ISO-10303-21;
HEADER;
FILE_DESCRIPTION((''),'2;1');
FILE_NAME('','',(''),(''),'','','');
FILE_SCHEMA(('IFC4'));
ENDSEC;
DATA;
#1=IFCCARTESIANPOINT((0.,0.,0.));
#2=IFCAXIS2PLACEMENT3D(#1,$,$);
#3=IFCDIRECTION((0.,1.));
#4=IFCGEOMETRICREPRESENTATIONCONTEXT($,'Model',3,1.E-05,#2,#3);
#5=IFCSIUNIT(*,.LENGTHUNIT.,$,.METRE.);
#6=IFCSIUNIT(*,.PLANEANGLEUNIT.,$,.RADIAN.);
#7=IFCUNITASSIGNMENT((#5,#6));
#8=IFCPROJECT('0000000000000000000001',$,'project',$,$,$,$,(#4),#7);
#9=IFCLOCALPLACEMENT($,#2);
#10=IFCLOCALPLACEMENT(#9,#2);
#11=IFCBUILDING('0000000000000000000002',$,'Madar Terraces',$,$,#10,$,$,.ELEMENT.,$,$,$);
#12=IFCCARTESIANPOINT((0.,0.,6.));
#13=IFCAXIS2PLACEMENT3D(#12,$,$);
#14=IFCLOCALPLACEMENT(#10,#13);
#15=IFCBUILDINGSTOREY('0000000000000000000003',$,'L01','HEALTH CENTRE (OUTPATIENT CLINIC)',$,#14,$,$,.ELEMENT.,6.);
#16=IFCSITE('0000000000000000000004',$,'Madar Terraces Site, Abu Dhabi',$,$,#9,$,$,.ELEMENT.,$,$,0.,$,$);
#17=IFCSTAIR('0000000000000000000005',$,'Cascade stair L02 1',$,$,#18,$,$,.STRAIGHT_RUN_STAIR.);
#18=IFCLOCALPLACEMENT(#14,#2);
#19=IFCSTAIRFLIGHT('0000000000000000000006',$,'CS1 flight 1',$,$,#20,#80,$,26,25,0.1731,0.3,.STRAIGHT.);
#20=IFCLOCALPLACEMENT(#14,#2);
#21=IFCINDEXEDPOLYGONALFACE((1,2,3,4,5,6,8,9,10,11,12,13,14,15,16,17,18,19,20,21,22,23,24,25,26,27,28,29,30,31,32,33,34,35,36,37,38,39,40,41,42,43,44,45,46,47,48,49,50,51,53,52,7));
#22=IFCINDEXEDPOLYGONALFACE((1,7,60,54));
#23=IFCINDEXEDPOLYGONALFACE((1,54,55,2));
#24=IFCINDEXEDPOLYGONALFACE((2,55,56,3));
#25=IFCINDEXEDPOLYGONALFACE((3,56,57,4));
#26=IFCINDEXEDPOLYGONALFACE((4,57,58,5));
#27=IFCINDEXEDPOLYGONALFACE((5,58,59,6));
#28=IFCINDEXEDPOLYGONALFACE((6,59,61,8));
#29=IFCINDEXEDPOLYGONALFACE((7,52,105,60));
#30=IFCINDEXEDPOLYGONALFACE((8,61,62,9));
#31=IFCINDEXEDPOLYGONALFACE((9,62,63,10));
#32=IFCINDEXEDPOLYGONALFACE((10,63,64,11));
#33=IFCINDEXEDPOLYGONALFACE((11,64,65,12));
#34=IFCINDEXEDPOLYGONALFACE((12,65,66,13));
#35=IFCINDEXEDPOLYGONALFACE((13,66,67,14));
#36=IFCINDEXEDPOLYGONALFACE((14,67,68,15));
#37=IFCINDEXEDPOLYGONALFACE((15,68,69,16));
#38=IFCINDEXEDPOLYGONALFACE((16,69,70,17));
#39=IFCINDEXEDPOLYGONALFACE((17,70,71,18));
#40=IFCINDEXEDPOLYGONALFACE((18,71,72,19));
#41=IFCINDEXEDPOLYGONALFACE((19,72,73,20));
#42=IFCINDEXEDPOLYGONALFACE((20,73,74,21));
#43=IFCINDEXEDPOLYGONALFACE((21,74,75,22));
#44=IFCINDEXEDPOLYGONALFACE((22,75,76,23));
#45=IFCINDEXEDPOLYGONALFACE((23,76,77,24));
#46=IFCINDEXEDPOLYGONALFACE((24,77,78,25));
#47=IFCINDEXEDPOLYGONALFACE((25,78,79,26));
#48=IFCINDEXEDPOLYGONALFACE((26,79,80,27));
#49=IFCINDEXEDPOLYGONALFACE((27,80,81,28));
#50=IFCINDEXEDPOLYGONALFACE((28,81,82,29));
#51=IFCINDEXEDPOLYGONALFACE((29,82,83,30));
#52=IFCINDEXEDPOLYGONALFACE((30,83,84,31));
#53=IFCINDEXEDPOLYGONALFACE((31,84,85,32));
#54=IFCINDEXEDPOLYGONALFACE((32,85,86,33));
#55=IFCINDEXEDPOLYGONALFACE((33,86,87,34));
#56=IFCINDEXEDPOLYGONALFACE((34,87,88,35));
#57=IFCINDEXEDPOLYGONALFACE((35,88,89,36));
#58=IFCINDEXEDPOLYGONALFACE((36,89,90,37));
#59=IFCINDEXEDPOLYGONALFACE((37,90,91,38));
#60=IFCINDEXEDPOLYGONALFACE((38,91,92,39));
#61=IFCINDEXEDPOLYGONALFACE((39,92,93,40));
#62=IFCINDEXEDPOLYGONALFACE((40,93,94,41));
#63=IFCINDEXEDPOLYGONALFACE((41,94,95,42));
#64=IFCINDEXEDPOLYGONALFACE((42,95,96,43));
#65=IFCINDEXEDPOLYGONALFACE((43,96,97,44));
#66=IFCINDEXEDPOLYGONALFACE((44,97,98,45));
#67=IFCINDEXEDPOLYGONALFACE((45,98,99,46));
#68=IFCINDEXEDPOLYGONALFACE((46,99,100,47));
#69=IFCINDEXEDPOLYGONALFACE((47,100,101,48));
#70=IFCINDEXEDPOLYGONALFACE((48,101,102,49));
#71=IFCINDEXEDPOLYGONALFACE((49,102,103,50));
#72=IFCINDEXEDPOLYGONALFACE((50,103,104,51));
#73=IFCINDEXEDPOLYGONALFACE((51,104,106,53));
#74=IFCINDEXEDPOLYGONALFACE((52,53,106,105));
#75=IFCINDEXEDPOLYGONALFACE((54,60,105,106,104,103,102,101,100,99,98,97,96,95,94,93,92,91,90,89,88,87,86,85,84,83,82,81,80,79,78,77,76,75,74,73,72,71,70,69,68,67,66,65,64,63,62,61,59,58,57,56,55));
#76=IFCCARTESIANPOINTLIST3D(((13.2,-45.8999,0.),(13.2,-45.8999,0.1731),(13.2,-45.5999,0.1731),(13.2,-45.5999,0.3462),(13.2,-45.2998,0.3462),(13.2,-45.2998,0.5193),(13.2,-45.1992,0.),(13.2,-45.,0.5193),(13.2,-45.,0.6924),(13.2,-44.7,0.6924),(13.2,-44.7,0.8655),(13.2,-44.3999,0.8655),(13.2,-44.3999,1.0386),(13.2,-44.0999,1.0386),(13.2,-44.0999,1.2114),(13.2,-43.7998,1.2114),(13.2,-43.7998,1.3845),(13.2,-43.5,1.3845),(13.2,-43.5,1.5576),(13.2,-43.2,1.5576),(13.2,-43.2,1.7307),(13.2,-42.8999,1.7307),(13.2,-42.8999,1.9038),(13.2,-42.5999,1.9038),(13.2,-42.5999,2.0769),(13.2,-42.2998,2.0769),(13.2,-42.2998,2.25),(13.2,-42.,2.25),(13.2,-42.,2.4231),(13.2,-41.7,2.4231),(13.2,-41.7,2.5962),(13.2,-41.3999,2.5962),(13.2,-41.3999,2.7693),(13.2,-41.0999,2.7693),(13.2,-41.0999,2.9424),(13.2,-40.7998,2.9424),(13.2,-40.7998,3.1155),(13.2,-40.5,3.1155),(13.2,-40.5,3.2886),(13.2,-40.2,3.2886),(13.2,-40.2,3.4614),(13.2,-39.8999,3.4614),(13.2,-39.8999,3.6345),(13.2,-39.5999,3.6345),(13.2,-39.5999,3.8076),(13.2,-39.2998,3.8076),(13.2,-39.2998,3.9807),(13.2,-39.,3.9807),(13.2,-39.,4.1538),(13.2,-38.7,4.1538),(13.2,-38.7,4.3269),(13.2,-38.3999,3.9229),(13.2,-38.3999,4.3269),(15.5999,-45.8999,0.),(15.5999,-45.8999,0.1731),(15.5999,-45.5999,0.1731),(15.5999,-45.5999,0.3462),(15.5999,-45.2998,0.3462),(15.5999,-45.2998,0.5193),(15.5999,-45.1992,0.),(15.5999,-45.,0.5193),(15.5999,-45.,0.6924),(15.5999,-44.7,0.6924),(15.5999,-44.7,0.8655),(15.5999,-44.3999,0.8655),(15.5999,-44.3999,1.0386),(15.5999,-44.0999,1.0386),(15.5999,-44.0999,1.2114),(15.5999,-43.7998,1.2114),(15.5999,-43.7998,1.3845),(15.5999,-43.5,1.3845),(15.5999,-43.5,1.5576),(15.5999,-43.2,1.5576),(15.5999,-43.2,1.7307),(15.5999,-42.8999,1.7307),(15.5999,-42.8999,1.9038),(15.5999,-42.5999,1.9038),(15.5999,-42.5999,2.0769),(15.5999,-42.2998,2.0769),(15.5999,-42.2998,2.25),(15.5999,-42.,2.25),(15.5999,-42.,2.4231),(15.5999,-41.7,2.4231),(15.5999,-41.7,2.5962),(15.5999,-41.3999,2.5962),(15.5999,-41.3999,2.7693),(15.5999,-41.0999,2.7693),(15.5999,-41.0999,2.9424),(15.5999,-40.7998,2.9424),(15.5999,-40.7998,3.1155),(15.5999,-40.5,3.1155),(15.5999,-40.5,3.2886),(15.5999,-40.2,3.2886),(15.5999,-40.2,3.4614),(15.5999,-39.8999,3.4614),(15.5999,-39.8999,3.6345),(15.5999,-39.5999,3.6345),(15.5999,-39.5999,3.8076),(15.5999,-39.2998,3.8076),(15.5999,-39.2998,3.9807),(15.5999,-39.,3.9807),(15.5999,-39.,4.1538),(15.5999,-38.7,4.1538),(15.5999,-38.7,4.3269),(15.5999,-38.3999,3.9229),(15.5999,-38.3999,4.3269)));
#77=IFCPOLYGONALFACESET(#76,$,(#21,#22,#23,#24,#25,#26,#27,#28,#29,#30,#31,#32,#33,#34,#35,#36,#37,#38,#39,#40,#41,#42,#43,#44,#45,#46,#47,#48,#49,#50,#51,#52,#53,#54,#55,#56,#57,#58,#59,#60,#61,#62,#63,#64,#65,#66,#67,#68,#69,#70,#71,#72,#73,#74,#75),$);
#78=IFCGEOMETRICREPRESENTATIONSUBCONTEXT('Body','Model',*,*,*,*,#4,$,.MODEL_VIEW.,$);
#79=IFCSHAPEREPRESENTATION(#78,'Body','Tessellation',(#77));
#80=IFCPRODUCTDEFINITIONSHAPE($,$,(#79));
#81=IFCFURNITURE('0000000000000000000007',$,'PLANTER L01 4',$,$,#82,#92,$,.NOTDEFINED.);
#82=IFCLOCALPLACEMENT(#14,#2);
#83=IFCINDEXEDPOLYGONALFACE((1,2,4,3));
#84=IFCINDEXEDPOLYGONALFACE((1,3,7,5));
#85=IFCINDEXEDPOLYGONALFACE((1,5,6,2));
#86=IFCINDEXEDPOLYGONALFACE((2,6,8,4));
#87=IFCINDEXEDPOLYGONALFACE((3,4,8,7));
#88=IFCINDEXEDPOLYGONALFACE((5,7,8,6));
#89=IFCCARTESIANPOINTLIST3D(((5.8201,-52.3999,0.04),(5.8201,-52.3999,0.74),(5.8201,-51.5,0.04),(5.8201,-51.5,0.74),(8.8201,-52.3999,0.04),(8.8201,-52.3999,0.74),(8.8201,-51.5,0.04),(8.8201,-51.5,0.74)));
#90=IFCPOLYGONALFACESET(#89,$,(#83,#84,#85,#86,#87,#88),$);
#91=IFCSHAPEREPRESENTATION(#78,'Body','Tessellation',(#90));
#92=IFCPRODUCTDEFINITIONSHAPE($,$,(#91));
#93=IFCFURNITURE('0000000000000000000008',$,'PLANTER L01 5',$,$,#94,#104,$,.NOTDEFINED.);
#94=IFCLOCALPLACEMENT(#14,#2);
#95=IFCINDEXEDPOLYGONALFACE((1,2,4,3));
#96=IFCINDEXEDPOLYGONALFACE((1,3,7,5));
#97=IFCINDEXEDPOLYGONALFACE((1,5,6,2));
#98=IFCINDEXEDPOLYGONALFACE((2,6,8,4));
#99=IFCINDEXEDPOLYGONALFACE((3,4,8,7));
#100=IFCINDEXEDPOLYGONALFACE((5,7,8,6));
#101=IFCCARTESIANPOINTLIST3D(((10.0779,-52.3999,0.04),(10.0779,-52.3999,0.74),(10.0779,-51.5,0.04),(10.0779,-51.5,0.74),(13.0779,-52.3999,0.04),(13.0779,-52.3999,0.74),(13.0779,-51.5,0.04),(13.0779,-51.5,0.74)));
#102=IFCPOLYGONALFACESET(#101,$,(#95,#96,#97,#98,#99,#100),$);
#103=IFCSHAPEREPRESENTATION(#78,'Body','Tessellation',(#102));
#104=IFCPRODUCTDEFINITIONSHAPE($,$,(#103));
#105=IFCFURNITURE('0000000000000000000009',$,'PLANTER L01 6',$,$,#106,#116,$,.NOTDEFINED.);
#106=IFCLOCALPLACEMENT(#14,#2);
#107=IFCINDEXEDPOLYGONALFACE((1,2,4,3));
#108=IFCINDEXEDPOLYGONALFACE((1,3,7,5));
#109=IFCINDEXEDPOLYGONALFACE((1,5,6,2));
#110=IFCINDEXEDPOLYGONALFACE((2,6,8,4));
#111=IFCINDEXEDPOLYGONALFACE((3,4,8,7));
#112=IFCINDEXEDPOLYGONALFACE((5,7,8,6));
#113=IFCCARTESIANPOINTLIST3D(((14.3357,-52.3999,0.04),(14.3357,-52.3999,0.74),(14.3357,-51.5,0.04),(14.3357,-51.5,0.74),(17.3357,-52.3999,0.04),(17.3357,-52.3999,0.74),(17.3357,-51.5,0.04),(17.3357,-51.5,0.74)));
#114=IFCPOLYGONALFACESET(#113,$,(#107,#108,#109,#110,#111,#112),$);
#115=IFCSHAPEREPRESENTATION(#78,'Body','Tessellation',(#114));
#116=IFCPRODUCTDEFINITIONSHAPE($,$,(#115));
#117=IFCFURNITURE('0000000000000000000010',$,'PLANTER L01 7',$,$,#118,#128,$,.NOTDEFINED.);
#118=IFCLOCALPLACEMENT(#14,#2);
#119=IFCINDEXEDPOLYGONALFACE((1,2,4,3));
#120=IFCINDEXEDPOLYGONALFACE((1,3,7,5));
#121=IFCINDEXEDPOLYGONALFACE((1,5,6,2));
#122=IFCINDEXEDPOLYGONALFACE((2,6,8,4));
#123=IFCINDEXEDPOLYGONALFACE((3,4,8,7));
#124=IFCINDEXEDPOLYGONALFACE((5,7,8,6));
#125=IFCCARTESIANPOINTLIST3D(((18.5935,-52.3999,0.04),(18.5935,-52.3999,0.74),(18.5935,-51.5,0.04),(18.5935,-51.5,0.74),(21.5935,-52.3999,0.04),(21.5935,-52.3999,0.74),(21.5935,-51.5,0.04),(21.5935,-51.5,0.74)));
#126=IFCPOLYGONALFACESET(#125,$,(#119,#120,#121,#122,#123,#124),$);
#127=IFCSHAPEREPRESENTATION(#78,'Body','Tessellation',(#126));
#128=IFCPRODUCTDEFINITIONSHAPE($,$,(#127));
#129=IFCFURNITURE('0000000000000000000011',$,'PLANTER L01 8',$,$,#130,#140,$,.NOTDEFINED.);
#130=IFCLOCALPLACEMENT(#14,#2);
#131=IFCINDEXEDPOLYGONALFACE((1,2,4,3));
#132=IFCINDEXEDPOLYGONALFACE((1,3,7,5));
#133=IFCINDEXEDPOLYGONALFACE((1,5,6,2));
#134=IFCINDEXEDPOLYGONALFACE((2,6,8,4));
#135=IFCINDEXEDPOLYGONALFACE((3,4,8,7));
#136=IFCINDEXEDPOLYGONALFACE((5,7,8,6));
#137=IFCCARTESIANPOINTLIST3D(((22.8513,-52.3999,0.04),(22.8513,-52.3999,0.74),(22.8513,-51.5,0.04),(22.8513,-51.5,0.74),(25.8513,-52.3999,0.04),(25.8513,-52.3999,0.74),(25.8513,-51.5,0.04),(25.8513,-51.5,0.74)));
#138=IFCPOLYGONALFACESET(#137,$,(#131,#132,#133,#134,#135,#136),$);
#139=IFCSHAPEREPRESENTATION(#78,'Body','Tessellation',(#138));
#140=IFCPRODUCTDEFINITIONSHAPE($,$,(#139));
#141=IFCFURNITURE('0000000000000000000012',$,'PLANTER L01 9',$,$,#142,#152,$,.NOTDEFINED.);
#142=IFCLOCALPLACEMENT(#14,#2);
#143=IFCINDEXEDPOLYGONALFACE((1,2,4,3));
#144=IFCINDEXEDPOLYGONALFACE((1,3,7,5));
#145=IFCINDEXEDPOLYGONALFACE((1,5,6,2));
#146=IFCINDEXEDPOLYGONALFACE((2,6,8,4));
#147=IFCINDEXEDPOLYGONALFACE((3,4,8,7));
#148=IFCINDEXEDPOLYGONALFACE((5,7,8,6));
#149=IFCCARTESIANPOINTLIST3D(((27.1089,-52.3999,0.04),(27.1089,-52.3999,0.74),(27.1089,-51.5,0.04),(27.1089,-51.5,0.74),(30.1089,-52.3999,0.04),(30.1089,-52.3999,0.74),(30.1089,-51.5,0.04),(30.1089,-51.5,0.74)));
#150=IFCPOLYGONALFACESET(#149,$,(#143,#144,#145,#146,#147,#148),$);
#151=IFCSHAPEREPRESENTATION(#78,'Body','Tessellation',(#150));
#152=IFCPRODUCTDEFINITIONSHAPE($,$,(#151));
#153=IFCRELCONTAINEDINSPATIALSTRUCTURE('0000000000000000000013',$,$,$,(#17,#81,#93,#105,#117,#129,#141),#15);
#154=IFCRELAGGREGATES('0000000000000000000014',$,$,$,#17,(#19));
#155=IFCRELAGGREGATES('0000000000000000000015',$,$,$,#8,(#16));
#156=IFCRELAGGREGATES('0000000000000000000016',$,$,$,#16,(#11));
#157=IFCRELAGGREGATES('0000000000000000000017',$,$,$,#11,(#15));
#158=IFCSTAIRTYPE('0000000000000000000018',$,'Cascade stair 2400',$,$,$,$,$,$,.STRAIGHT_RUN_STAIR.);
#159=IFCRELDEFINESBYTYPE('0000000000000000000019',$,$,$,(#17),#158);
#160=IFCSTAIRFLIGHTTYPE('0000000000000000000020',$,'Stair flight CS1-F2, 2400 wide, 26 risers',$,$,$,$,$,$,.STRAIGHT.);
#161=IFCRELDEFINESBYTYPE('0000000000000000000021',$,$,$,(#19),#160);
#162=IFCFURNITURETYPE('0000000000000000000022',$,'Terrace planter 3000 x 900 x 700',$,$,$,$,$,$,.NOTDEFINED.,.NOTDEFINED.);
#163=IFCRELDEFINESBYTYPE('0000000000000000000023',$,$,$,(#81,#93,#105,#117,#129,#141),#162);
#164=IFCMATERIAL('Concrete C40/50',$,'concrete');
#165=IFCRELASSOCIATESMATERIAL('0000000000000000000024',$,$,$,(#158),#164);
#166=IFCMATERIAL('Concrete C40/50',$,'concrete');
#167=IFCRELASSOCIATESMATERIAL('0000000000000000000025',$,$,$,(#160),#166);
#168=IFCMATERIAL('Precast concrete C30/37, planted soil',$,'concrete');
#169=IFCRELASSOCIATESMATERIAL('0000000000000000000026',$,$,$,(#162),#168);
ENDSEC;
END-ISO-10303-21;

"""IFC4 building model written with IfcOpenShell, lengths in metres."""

from ifc_helpers import new_model, si_unit, direction, frame, origin, origin_2d, place, context, subcontext, project, spatial, polyline, rectangle, outline, extrude, material, type_object, element, aggregate, save


model = new_model("IFC4")

# Units and contexts
model_context = context("Model", 3, precision=1e-05, world=origin(), true_north=direction((0.0, 1.0)))
body_context = subcontext(model_context, "Body", "Model", "MODEL_VIEW")
ifc_project = project(units=[si_unit("LENGTHUNIT", "METRE"), si_unit("PLANEANGLEUNIT", "RADIAN")], contexts=[model_context])

# Site, building, storey
site_placement = place(None, origin())
site = spatial("IfcSite", under=ifc_project, at=site_placement, Name="Madar Terraces Site, Abu Dhabi", CompositionType="ELEMENT", RefElevation=0.0)
building_placement = place(site_placement, origin())
building = spatial("IfcBuilding", under=site, at=building_placement, Name="Madar Terraces", CompositionType="ELEMENT")
storey_placement = place(building_placement, frame((0.0, 0.0, 6.0)))
storey = spatial("IfcBuildingStorey", under=building, at=storey_placement, Name="L01", Description="HEALTH CENTRE (OUTPATIENT CLINIC)", CompositionType="ELEMENT", Elevation=6.0)

# Stair, stair flight
ifc_material_1 = material(Name="Concrete C40/50", Category="concrete")
stair_type = type_object("IfcStairType", Name="Cascade stair 2400", PredefinedType="STRAIGHT_RUN_STAIR", material=ifc_material_1)
stair_placement = place(storey_placement, origin())
stair = element("IfcStair", 1, at=stair_placement, inside=storey, type_object=stair_type, Name="Cascade stair L02 1", PredefinedType="STRAIGHT_RUN_STAIR")
ifc_material_2 = material(Name="Concrete C40/50", Category="concrete")
stair_flight_type = type_object("IfcStairFlightType", Name="Stair flight CS1-F2, 2400 wide, 26 risers", PredefinedType="STRAIGHT", material=ifc_material_2)
stair_flight_placement = place(storey_placement, frame((14.3999, -45.8999, 0.0), z_axis=(0.0, 0.0, 1.0), x_axis=(0.0, 1.0, 0.0)))
stair_flight = element("IfcStairFlight", 2, at=stair_flight_placement, type_object=stair_flight_type, Name="CS1 flight 1", NumberOfRisers=26, NumberOfTreads=25, PredefinedType="STRAIGHT", RiserHeight=0.1731, TreadLength=0.3, context=body_context, shape_type="SweptSolid", body=[
    extrude(outline(polyline([(0.0, 0.0), (0.0, 0.1731), (0.3, 0.1731), (0.3, 0.3462), (0.6001, 0.3462), (0.6001, 0.5193), (0.8999, 0.5193), (0.8999, 0.6924), (1.2, 0.6924), (1.2, 0.8655), (1.5, 0.8655), (1.5, 1.0386), (1.8, 1.0386), (1.8, 1.2114), (2.1001, 1.2114), (2.1001, 1.3845), (2.3999, 1.3845), (2.3999, 1.5576), (2.7, 1.5576), (2.7, 1.7307), (3.0, 1.7307), (3.0, 1.9038), (3.3, 1.9038), (3.3, 2.0769), (3.6001, 2.0769), (3.6001, 2.25), (3.8999, 2.25), (3.8999, 2.4231), (4.2, 2.4231), (4.2, 2.5962), (4.5, 2.5962), (4.5, 2.7693), (4.8, 2.7693), (4.8, 2.9424), (5.1001, 2.9424), (5.1001, 3.1155), (5.3999, 3.1155), (5.3999, 3.2886), (5.7, 3.2886), (5.7, 3.4614), (6.0, 3.4614), (6.0, 3.6345), (6.3, 3.6345), (6.3, 3.8076), (6.6001, 3.8076), (6.6001, 3.9807), (6.8999, 3.9807), (6.8999, 4.1538), (7.2, 4.1538), (7.2, 4.3269), (7.5, 4.3269), (7.5, 4.5), (7.5, 3.9229), (0.7007, 0.0), (0.0, 0.0)])), frame((0.0, 1.2, 0.0), z_axis=(0.0, -1.0, 0.0), x_axis=(1.0, 0.0, 0.0)), (0.0, 0.0, 1.0), 2.3999),
])
aggregate(stair, [stair_flight])

# Furniture
ifc_material_3 = material(Name="Precast concrete C30/37, planted soil", Category="concrete")
furniture_type = type_object("IfcFurnitureType", Name="Terrace planter 3000 x 900 x 700", AssemblyPlace="NOTDEFINED", PredefinedType="NOTDEFINED", material=ifc_material_3)
for number, where, z_axis, x_axis, name in (
    (3, (7.3201, -51.95, 0.04), (0.0, 0.0, 1.0), (1.0, 0.0, 0.0), "PLANTER L01 4"),
    (4, (11.5779, -51.95, 0.04), (0.0, 0.0, 1.0), (1.0, 0.0, 0.0), "PLANTER L01 5"),
    (5, (15.8357, -51.95, 0.04), (0.0, 0.0, 1.0), (1.0, 0.0, 0.0), "PLANTER L01 6"),
    (6, (20.0935, -51.95, 0.04), (0.0, 0.0, 1.0), (1.0, 0.0, 0.0), "PLANTER L01 7"),
    (7, (24.3513, -51.95, 0.04), (0.0, 0.0, 1.0), (1.0, 0.0, 0.0), "PLANTER L01 8"),
    (8, (28.6089, -51.95, 0.04), (0.0, 0.0, 1.0), (1.0, 0.0, 0.0), "PLANTER L01 9"),
):
    element("IfcFurniture", number, at=place(storey_placement, frame(where, z_axis=z_axis, x_axis=x_axis)), inside=storey, type_object=furniture_type, Name=name, PredefinedType="NOTDEFINED", context=body_context, shape_type="SweptSolid", body=[
        extrude(rectangle(XDim=3.0, YDim=0.8999, at=origin_2d()), origin(), (0.0, 0.0, 1.0), 0.7),
    ])

save(model, "model.ifc")
